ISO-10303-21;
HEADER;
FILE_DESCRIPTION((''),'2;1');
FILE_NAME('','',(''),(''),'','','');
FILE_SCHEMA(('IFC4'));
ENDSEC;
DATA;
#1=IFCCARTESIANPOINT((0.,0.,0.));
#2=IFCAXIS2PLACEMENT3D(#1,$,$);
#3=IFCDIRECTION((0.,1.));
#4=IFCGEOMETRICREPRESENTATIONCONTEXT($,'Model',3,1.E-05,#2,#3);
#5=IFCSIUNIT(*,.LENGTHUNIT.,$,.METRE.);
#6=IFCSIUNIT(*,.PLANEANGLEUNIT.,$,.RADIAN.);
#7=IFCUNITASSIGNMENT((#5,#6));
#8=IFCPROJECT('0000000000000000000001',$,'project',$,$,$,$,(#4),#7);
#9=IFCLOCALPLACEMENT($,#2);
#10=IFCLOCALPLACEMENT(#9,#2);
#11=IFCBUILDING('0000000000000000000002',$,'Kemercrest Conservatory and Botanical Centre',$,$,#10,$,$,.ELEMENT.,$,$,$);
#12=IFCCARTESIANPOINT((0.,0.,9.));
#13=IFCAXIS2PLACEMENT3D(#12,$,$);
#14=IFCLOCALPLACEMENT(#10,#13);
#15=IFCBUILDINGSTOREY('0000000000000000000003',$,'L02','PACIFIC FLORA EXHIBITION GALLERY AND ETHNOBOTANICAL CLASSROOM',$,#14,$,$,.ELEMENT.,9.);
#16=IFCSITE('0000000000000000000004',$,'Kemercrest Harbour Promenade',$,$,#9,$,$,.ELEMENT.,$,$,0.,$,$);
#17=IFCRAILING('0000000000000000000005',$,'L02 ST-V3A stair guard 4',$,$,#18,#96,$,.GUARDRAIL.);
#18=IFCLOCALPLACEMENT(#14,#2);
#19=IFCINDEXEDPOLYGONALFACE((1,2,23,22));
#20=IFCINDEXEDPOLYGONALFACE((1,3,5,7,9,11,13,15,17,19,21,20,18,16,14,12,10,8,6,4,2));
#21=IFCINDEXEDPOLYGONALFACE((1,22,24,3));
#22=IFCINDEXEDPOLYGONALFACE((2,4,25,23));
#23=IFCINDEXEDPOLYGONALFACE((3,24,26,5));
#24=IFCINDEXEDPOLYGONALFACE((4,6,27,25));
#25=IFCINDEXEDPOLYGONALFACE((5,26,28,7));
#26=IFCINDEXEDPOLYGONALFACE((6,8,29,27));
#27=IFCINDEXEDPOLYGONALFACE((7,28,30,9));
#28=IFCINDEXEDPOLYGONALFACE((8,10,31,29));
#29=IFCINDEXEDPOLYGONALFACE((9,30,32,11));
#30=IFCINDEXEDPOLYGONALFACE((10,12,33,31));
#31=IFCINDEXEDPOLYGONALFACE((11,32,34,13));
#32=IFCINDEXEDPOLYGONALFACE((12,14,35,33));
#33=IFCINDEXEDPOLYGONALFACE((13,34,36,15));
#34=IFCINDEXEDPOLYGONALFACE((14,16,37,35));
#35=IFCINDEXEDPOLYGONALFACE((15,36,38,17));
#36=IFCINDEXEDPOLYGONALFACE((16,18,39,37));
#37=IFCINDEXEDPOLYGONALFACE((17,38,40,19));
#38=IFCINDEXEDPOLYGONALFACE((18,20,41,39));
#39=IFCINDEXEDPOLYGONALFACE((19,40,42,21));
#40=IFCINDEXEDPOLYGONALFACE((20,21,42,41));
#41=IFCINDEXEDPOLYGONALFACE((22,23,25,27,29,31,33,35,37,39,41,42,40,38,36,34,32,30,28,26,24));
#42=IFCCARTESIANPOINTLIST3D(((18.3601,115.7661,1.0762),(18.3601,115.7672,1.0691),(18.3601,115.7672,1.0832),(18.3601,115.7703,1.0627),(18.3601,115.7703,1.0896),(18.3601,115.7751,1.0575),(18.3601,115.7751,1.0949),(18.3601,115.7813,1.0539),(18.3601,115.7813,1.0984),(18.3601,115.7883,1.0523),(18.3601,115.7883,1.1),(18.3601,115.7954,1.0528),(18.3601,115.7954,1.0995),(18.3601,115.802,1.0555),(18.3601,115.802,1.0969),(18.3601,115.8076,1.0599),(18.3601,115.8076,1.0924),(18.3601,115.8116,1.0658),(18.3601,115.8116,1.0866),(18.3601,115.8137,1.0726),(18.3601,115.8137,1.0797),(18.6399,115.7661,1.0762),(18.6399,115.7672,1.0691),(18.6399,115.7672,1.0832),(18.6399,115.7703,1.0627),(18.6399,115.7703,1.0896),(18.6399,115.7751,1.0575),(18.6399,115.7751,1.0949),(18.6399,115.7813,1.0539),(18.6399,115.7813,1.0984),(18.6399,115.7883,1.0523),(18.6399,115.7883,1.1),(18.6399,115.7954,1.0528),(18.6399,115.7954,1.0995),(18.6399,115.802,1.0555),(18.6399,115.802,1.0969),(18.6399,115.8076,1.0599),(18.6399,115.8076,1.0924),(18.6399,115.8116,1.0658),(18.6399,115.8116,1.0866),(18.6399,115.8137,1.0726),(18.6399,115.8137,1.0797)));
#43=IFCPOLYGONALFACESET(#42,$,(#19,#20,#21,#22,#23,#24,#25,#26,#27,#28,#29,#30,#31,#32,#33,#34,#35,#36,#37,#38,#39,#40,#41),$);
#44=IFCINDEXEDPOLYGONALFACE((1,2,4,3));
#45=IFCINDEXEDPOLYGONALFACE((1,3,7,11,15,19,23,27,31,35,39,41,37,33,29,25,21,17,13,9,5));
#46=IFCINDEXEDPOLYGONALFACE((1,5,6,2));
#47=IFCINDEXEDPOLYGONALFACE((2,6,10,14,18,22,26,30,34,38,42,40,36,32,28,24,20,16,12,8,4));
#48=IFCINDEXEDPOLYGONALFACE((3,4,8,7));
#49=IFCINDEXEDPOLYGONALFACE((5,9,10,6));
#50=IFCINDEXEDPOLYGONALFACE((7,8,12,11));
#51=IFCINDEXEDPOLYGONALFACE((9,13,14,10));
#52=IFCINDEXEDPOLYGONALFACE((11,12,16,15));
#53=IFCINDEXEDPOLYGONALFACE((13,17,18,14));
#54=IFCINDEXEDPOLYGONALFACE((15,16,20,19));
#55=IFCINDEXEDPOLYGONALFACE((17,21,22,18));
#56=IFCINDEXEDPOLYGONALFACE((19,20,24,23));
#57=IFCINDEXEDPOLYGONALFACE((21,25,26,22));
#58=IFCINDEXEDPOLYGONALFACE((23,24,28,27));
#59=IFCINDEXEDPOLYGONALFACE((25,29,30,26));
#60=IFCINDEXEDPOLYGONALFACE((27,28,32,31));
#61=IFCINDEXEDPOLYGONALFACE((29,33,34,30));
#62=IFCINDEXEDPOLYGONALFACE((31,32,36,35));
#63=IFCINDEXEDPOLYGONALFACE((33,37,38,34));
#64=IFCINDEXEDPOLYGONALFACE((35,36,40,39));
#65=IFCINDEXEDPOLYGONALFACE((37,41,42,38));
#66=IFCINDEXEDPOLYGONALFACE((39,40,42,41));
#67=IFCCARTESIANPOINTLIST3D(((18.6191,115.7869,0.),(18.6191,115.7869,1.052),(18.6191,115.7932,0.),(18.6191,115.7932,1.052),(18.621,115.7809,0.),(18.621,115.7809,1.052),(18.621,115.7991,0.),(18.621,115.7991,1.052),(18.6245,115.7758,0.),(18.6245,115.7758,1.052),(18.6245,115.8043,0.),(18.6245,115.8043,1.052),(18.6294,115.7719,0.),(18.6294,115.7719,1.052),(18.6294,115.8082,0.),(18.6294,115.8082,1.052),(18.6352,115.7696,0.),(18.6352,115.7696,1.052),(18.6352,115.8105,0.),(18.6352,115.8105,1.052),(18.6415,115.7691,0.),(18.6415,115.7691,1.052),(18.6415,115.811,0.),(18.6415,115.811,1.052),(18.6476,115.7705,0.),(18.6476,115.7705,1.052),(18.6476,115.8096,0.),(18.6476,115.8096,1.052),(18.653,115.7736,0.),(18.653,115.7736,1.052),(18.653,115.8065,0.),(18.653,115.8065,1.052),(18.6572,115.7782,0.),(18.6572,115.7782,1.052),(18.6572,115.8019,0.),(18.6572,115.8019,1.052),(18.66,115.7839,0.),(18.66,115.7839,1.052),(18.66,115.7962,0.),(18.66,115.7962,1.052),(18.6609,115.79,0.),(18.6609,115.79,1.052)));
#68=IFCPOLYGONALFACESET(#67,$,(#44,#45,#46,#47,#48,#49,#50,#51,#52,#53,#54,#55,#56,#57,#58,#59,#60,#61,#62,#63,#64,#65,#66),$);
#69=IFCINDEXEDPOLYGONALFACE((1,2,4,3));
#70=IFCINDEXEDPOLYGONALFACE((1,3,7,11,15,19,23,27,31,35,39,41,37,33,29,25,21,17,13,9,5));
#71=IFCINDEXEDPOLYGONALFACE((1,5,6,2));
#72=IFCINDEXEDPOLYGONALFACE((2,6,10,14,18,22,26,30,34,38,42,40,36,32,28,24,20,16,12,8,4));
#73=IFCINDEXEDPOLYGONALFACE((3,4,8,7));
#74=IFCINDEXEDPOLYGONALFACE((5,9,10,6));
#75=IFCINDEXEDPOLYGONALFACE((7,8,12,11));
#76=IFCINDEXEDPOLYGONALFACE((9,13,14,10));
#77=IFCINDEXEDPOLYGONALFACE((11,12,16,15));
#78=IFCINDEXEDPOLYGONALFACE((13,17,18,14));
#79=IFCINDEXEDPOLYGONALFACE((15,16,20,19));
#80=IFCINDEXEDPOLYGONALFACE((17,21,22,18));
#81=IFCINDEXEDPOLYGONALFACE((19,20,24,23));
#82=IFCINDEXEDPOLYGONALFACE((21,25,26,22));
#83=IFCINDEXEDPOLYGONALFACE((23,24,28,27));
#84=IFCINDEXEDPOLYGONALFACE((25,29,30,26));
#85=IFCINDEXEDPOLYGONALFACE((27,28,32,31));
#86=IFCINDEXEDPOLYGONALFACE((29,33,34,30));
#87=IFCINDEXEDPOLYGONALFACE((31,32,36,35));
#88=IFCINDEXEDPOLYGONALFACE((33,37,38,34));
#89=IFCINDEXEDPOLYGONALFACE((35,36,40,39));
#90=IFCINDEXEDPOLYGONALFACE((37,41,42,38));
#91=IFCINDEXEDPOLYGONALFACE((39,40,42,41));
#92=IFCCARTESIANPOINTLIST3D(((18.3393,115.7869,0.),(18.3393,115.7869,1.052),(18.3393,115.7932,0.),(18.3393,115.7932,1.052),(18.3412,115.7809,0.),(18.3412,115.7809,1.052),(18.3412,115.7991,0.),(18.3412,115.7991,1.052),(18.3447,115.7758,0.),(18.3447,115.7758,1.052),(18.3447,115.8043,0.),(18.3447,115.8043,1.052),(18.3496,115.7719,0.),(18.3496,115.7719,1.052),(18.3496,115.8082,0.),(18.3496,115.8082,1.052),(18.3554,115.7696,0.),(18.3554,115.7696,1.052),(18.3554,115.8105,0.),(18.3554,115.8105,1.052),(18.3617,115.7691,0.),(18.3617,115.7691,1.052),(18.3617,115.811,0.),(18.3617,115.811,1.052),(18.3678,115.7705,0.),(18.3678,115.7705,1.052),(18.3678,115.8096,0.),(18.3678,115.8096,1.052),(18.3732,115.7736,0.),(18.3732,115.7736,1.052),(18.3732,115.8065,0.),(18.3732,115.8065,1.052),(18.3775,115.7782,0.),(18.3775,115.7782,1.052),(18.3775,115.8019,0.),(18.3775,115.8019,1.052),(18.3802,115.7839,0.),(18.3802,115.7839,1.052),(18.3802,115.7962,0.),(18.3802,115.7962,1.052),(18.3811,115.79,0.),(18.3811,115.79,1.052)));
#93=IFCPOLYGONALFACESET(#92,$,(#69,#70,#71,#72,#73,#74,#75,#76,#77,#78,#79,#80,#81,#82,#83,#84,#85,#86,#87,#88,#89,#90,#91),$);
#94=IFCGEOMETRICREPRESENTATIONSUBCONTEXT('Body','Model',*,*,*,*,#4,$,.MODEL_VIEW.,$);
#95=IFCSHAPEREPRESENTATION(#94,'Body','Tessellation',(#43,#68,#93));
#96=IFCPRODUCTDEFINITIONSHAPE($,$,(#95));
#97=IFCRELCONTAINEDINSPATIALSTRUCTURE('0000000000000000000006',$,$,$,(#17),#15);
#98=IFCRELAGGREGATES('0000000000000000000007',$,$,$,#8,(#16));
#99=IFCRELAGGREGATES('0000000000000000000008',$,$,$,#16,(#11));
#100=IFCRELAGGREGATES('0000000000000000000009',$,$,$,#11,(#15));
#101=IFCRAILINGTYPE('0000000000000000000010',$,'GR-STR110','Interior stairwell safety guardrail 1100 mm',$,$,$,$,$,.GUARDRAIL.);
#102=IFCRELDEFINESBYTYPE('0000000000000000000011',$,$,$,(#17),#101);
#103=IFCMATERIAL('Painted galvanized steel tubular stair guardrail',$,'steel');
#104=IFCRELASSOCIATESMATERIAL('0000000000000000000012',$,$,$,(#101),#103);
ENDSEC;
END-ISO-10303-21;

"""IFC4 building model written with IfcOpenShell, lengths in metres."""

from ifc_helpers import new_model, si_unit, direction, frame, origin, origin_2d, place, context, subcontext, project, spatial, circle, extrude, material, type_object, element, save


model = new_model("IFC4")

# Units and contexts
model_context = context("Model", 3, precision=1e-05, world=origin(), true_north=direction((0.0, 1.0)))
body_context = subcontext(model_context, "Body", "Model", "MODEL_VIEW")
ifc_project = project(units=[si_unit("LENGTHUNIT", "METRE"), si_unit("PLANEANGLEUNIT", "RADIAN")], contexts=[model_context])

# Site, building, storey
site_placement = place(None, origin())
site = spatial("IfcSite", under=ifc_project, at=site_placement, Name="Kemercrest Harbour Promenade", CompositionType="ELEMENT", RefElevation=0.0)
building_placement = place(site_placement, origin())
building = spatial("IfcBuilding", under=site, at=building_placement, Name="Kemercrest Conservatory and Botanical Centre", CompositionType="ELEMENT")
storey_placement = place(building_placement, frame((0.0, 0.0, 9.0)))
storey = spatial("IfcBuildingStorey", under=building, at=storey_placement, Name="L02", Description="PACIFIC FLORA EXHIBITION GALLERY AND ETHNOBOTANICAL CLASSROOM", CompositionType="ELEMENT", Elevation=9.0)

# Railing
ifc_material_1 = material(Name="Painted galvanized steel tubular stair guardrail", Category="steel")
railing_type_1 = type_object("IfcRailingType", Name="GR-STR110", Description="Interior stairwell safety guardrail 1100 mm", PredefinedType="GUARDRAIL", material=ifc_material_1)
railing_1_placement = place(storey_placement, frame((18.6399, 115.79, 0.0)))
element("IfcRailing", 1, at=railing_1_placement, inside=storey, type_object=railing_type_1, Name="L02 ST-V3A stair guard 4", PredefinedType="GUARDRAIL", context=body_context, shape_type="SweptSolid", body=[
    extrude(circle(Radius=0.0239, at=origin_2d()), frame((0.0, 0.0, 1.0762), z_axis=(-1.0, 0.0, 0.0), x_axis=(0.0, -1.0, 0.0)), (0.0, 0.0, 1.0), 0.2798),
    extrude(circle(Radius=0.021, at=origin_2d()), origin(), (0.0, 0.0, 1.0), 1.052),
    extrude(circle(Radius=0.021, at=origin_2d()), frame((-0.2798, 0.0, 0.0)), (0.0, 0.0, 1.0), 1.052),
])

save(model, "model.ifc")
